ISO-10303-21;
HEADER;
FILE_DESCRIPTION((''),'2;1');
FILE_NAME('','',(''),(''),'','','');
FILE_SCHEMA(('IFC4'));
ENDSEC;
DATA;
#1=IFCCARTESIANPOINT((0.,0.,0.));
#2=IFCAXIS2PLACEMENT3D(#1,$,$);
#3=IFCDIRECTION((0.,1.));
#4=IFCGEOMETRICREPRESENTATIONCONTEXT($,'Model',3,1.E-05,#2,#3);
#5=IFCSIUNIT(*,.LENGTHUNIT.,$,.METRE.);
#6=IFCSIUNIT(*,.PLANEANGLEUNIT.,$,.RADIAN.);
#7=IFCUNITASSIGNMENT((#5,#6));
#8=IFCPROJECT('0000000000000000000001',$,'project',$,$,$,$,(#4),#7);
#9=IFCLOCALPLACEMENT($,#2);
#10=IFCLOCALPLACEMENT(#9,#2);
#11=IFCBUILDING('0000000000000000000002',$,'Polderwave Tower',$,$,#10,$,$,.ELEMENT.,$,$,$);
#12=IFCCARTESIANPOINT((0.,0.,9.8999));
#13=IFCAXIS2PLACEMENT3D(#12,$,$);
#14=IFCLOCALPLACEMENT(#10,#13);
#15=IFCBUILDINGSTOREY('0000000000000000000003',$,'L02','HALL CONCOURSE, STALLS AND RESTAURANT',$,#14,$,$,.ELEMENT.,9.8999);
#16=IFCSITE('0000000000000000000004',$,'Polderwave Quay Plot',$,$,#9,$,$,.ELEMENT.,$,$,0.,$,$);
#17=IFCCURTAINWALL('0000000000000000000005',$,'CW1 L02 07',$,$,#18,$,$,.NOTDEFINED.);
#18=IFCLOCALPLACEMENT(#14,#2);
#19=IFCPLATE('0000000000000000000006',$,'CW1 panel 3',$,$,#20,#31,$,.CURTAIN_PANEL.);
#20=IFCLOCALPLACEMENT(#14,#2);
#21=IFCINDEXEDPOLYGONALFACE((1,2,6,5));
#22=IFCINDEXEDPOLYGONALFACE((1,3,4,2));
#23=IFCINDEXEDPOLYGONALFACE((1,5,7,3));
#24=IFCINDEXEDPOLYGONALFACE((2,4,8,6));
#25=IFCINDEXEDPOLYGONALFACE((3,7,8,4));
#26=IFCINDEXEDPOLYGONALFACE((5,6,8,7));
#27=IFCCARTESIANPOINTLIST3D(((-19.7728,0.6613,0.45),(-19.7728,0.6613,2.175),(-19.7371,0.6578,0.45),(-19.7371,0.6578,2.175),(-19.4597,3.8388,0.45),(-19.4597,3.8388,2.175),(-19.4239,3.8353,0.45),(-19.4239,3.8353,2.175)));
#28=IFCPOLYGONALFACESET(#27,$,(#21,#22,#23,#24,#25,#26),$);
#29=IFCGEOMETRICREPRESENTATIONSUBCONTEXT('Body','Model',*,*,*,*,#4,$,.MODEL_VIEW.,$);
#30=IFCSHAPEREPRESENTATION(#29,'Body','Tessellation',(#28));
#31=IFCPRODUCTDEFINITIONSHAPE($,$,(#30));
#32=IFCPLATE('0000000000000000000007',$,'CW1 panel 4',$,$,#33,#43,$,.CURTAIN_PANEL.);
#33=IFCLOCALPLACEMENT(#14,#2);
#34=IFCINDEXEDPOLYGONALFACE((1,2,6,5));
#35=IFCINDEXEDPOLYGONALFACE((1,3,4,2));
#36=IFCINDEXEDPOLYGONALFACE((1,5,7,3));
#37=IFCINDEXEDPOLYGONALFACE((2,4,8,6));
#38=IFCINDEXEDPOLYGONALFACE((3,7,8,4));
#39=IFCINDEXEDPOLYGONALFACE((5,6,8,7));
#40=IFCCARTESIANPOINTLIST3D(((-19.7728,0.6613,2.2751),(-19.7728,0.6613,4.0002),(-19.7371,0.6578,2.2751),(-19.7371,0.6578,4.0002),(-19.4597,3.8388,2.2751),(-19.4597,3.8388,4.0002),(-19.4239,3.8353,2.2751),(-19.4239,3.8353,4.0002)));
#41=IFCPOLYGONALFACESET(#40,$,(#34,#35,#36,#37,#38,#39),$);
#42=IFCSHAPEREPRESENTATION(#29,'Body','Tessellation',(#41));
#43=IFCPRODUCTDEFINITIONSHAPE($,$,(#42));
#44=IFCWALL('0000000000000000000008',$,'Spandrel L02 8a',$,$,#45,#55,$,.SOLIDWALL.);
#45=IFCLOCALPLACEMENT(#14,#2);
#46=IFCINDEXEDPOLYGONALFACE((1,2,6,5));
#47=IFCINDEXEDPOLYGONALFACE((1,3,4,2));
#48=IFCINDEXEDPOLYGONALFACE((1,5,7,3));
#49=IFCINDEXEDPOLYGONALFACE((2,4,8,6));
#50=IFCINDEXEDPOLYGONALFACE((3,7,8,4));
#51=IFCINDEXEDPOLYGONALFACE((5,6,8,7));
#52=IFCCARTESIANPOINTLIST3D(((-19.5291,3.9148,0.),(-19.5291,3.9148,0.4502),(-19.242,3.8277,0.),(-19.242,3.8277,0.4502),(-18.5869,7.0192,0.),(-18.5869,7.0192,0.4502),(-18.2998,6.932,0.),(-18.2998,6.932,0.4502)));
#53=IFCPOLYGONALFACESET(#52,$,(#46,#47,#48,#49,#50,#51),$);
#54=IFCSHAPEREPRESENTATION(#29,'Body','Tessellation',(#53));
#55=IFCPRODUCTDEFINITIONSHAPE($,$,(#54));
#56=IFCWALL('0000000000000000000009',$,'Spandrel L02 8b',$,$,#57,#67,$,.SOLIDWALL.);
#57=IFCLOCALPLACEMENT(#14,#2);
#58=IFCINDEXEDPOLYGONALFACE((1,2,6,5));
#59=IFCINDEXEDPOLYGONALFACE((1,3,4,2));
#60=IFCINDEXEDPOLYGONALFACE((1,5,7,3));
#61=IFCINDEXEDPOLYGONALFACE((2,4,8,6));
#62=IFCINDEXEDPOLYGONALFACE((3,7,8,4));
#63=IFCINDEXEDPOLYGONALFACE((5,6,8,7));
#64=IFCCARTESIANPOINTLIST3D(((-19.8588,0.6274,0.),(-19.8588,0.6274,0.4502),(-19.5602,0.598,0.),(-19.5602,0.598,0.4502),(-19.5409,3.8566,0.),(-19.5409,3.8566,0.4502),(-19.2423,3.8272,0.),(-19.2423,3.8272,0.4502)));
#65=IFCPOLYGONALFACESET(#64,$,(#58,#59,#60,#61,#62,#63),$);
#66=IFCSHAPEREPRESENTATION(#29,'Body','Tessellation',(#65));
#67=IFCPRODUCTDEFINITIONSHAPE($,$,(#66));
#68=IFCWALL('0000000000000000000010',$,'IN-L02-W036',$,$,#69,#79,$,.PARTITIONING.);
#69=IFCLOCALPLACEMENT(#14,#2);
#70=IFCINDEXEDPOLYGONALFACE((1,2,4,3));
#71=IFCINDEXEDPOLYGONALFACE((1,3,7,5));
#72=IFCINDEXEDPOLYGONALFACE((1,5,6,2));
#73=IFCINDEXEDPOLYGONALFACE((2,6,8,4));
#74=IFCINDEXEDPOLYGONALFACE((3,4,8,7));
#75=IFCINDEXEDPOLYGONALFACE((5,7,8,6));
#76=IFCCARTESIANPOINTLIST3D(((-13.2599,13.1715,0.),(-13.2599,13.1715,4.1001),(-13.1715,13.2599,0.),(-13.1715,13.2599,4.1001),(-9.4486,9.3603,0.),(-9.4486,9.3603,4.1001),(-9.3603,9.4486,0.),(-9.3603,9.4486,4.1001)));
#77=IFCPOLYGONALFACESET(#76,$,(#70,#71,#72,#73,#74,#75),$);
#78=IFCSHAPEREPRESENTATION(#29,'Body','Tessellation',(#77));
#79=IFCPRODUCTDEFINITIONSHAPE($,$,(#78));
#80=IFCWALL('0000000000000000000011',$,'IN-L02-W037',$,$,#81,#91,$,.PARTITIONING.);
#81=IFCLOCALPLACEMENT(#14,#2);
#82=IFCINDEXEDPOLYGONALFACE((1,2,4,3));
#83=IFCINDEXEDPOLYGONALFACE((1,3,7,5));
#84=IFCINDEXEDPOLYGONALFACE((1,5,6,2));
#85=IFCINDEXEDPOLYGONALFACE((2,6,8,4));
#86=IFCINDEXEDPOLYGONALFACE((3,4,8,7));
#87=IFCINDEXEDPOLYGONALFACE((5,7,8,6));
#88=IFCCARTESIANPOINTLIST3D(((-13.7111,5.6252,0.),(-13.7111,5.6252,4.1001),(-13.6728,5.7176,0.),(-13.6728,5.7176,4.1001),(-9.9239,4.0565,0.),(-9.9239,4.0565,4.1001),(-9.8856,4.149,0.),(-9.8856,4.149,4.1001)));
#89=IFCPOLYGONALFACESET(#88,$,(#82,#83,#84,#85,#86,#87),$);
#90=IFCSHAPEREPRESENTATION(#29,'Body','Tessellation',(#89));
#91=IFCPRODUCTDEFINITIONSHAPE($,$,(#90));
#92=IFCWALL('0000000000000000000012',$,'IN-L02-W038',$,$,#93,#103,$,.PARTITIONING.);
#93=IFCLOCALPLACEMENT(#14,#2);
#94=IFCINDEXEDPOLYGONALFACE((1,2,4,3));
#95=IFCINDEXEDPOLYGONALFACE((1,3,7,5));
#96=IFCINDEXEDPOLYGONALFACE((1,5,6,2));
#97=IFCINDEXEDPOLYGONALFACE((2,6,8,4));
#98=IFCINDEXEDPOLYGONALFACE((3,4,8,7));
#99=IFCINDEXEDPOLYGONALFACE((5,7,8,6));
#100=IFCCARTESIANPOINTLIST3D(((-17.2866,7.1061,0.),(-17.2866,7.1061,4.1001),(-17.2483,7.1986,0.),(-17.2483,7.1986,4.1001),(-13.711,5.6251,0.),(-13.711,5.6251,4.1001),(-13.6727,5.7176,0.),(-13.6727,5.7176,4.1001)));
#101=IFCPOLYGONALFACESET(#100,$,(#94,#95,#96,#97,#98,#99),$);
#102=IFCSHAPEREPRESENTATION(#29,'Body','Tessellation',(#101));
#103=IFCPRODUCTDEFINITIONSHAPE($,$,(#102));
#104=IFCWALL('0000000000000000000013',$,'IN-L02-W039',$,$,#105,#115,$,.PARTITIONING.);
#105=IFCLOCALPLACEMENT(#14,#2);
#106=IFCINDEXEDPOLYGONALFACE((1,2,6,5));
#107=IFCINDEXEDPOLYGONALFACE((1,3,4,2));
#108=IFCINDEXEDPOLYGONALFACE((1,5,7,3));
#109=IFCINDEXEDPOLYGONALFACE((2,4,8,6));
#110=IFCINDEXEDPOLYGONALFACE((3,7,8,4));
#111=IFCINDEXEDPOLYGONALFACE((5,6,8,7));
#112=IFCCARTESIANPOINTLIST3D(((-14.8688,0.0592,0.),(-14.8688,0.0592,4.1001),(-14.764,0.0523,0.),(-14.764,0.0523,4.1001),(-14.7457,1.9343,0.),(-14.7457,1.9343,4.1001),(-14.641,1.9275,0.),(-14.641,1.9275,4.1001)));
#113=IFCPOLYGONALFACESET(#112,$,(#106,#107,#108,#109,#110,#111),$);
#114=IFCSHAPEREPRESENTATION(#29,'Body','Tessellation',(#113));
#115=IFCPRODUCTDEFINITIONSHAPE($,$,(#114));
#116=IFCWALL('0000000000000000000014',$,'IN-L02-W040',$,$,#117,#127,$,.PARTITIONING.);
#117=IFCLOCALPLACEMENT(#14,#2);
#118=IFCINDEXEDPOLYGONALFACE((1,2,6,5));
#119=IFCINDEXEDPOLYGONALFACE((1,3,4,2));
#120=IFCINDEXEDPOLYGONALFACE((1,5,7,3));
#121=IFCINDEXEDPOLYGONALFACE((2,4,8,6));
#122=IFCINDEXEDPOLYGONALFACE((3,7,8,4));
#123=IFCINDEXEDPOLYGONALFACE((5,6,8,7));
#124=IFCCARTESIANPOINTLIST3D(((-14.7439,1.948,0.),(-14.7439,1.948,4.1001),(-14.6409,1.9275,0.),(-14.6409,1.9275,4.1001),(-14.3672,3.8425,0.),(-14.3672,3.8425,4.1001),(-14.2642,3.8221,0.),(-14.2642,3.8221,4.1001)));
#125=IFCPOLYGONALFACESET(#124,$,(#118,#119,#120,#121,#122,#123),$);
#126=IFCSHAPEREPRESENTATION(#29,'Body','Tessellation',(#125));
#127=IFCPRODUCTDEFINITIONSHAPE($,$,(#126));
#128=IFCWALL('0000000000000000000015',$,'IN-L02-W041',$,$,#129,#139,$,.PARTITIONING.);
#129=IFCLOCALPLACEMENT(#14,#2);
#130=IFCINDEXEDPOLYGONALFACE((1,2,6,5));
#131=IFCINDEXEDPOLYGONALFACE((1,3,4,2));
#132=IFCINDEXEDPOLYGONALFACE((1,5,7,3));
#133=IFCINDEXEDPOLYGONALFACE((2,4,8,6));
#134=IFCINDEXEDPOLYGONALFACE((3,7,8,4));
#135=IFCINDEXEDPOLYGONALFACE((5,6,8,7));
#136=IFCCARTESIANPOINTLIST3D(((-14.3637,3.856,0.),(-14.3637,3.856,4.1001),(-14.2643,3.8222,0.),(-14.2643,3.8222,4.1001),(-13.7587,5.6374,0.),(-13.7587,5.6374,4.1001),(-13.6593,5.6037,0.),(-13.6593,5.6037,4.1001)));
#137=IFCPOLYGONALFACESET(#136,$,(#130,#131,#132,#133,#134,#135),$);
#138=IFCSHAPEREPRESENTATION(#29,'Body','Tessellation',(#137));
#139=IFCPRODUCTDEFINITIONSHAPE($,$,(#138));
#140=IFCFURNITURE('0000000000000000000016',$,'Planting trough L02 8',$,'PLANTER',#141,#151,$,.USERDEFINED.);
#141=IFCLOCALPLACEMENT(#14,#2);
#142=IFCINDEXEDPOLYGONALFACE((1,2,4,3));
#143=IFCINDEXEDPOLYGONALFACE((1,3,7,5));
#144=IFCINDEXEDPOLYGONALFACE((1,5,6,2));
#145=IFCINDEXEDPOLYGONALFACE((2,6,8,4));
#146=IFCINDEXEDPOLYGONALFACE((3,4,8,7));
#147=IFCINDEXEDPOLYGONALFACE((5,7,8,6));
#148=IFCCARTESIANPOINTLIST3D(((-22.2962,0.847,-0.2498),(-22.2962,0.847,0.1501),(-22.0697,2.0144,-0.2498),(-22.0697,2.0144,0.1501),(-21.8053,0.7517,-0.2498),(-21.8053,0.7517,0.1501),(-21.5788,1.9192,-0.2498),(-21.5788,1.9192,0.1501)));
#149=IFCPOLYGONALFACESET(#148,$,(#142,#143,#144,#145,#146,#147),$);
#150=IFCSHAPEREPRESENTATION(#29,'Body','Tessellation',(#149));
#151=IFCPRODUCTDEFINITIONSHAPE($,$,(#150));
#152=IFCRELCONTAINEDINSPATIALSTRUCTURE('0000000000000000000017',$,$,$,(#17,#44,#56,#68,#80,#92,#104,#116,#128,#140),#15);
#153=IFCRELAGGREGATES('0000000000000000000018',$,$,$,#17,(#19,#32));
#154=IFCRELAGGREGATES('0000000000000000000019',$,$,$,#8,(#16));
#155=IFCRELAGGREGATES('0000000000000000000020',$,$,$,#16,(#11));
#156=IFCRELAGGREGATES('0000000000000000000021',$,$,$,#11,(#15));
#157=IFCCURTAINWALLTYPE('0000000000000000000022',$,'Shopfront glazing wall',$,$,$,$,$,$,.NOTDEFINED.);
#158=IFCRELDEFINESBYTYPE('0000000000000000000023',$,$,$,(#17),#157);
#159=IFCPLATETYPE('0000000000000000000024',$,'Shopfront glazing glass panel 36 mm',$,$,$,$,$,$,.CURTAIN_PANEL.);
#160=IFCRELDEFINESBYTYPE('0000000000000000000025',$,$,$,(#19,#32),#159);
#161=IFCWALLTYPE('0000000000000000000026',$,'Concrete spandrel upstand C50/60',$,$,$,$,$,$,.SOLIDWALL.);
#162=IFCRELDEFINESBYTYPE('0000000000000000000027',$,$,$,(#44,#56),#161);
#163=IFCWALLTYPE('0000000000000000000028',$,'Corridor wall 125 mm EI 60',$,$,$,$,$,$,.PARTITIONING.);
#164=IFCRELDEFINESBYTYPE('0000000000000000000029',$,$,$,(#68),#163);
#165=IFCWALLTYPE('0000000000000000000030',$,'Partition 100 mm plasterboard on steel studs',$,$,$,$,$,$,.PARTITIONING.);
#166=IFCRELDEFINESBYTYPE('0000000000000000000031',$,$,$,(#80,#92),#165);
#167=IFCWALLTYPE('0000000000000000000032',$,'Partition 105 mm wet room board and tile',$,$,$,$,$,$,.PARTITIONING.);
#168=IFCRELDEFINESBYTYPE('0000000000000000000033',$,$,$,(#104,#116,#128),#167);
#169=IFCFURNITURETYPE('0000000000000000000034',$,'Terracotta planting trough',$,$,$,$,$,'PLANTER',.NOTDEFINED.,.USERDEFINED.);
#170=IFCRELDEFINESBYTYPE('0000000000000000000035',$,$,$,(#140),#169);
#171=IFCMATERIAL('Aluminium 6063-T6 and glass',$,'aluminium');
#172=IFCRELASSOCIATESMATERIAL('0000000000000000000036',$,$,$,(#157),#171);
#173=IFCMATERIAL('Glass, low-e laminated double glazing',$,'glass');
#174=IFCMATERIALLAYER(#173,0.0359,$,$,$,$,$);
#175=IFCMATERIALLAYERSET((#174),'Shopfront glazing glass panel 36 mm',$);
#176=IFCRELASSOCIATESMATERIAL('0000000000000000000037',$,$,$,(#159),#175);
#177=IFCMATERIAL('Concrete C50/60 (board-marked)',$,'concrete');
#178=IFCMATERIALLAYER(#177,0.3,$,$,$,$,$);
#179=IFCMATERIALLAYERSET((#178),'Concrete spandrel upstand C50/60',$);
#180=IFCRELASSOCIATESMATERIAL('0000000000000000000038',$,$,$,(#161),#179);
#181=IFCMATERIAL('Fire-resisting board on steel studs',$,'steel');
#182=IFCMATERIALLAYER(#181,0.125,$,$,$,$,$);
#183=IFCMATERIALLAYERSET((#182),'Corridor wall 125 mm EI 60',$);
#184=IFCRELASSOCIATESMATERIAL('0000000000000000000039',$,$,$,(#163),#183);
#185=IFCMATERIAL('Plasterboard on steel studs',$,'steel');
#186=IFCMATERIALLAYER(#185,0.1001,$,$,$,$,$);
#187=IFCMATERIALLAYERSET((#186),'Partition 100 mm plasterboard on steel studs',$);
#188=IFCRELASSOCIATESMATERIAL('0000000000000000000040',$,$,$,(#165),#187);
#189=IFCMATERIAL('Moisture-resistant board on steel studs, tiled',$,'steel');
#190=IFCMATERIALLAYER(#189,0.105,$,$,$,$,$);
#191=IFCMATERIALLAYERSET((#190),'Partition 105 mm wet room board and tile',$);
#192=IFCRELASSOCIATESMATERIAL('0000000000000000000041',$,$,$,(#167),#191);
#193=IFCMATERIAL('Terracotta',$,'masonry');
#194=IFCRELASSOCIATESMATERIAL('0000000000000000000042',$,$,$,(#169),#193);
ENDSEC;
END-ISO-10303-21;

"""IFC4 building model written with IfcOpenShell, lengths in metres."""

from ifc_helpers import new_model, si_unit, direction, frame, frame_2d, origin, origin_2d, place, context, subcontext, project, spatial, rectangle, extrude, material, layer, layer_set, type_object, element, aggregate, save


model = new_model("IFC4")

# Units and contexts
model_context = context("Model", 3, precision=1e-05, world=origin(), true_north=direction((0.0, 1.0)))
body_context = subcontext(model_context, "Body", "Model", "MODEL_VIEW")
ifc_project = project(units=[si_unit("LENGTHUNIT", "METRE"), si_unit("PLANEANGLEUNIT", "RADIAN")], contexts=[model_context])

# Site, building, storey
site_placement = place(None, origin())
site = spatial("IfcSite", under=ifc_project, at=site_placement, Name="Polderwave Quay Plot", CompositionType="ELEMENT", RefElevation=0.0)
building_placement = place(site_placement, origin())
building = spatial("IfcBuilding", under=site, at=building_placement, Name="Polderwave Tower", CompositionType="ELEMENT")
storey_placement = place(building_placement, frame((0.0, 0.0, 9.8999)))
storey = spatial("IfcBuildingStorey", under=building, at=storey_placement, Name="L02", Description="HALL CONCOURSE, STALLS AND RESTAURANT", CompositionType="ELEMENT", Elevation=9.8999)

# Shared definitions
ifc_material_1 = material(Name="Aluminium 6063-T6 and glass", Category="aluminium")
curtain_wall_type = type_object("IfcCurtainWallType", Name="Shopfront glazing wall", PredefinedType="NOTDEFINED", material=ifc_material_1)

# Curtain wall
curtain_wall_1_placement = place(storey_placement, origin())
curtain_wall_1 = element("IfcCurtainWall", 1, at=curtain_wall_1_placement, inside=storey, type_object=curtain_wall_type, Name="CW1 L02 07", PredefinedType="NOTDEFINED")

# Plates
ifc_material_2 = material(Name="Glass, low-e laminated double glazing", Category="glass")
ifc_layer_1 = layer(ifc_material_2, 0.0359)
ifc_layer_set_1 = layer_set([ifc_layer_1], Name="Shopfront glazing glass panel 36 mm")
plate_type = type_object("IfcPlateType", Name="Shopfront glazing glass panel 36 mm", PredefinedType="CURTAIN_PANEL", material=ifc_layer_set_1)
plate_1_placement = place(storey_placement, frame((-19.5984, 2.2483, 0.45), z_axis=(0.0, 0.0, 1.0), x_axis=(-0.098087, -0.995178, 0.0)))
plate_1 = element("IfcPlate", 2, at=plate_1_placement, type_object=plate_type, Name="CW1 panel 3", PredefinedType="CURTAIN_PANEL", context=body_context, shape_type="SweptSolid", body=[
    extrude(rectangle(XDim=3.1929, YDim=0.0359, at=origin_2d()), origin(), (0.0, 0.0, 1.0), 1.7251),
])
plate_2_placement = place(storey_placement, frame((-19.5984, 2.2483, 2.2751), z_axis=(0.0, 0.0, 1.0), x_axis=(-0.098087, -0.995178, 0.0)))
plate_2 = element("IfcPlate", 3, at=plate_2_placement, type_object=plate_type, Name="CW1 panel 4", PredefinedType="CURTAIN_PANEL", context=body_context, shape_type="SweptSolid", body=[
    extrude(rectangle(XDim=3.1929, YDim=0.0359, at=origin_2d()), origin(), (0.0, 0.0, 1.0), 1.7251),
])
aggregate(curtain_wall_1, [plate_1, plate_2])

# Walls
ifc_material_3 = material(Name="Concrete C50/60 (board-marked)", Category="concrete")
ifc_layer_2 = layer(ifc_material_3, 0.3)
ifc_layer_set_2 = layer_set([ifc_layer_2], Name="Concrete spandrel upstand C50/60")
wall_type_1 = type_object("IfcWallType", Name="Concrete spandrel upstand C50/60", PredefinedType="SOLIDWALL", material=ifc_layer_set_2)
wall_1_placement = place(storey_placement, frame((-18.4434, 6.9756, 0.0), z_axis=(0.0, 0.0, 1.0), x_axis=(-0.290419, -0.9569, 0.0)))
element("IfcWall", 4, at=wall_1_placement, inside=storey, type_object=wall_type_1, Name="Spandrel L02 8a", PredefinedType="SOLIDWALL", context=body_context, shape_type="SweptSolid", body=[
    extrude(rectangle(XDim=3.2441, YDim=0.3, at=frame_2d((1.6221, 0.0))), origin(), (0.0, 0.0, 1.0), 0.4502),
])
wall_2_placement = place(storey_placement, frame((-19.3916, 3.842, 0.0), z_axis=(0.0, 0.0, 1.0), x_axis=(-0.097962, -0.99519, 0.0)))
element("IfcWall", 5, at=wall_2_placement, inside=storey, type_object=wall_type_1, Name="Spandrel L02 8b", PredefinedType="SOLIDWALL", context=body_context, shape_type="SweptSolid", body=[
    extrude(rectangle(XDim=3.2449, YDim=0.3, at=frame_2d((1.6226, 0.0))), origin(), (0.0, 0.0, 1.0), 0.4502),
])
ifc_material_4 = material(Name="Fire-resisting board on steel studs", Category="steel")
ifc_layer_3 = layer(ifc_material_4, 0.125)
ifc_layer_set_3 = layer_set([ifc_layer_3], Name="Corridor wall 125 mm EI 60")
wall_type_2 = type_object("IfcWallType", Name="Corridor wall 125 mm EI 60", PredefinedType="PARTITIONING", material=ifc_layer_set_3)
wall_3_placement = place(storey_placement, frame((-9.4045, 9.4045, 0.0), z_axis=(0.0, 0.0, 1.0), x_axis=(-0.707107, 0.707107, 0.0)))
element("IfcWall", 6, at=wall_3_placement, inside=storey, type_object=wall_type_2, Name="IN-L02-W036", PredefinedType="PARTITIONING", context=body_context, shape_type="SweptSolid", body=[
    extrude(rectangle(XDim=5.3899, YDim=0.125, at=frame_2d((2.6948, 0.0))), origin(), (0.0, 0.0, 1.0), 4.1001),
])
ifc_material_5 = material(Name="Plasterboard on steel studs", Category="steel")
ifc_layer_4 = layer(ifc_material_5, 0.1001)
ifc_layer_set_4 = layer_set([ifc_layer_4], Name="Partition 100 mm plasterboard on steel studs")
wall_type_3 = type_object("IfcWallType", Name="Partition 100 mm plasterboard on steel studs", PredefinedType="PARTITIONING", material=ifc_layer_set_4)
wall_4_placement = place(storey_placement, frame((-9.9048, 4.1028, 0.0), z_axis=(0.0, 0.0, 1.0), x_axis=(-0.923885, 0.382669, 0.0)))
element("IfcWall", 7, at=wall_4_placement, inside=storey, type_object=wall_type_3, Name="IN-L02-W037", PredefinedType="PARTITIONING", context=body_context, shape_type="SweptSolid", body=[
    extrude(rectangle(XDim=4.0991, YDim=0.1001, at=frame_2d((2.0496, 0.0))), origin(), (0.0, 0.0, 1.0), 4.1001),
])
wall_5_placement = place(storey_placement, frame((-13.6919, 5.6714, 0.0), z_axis=(0.0, 0.0, 1.0), x_axis=(-0.923883, 0.382675, 0.0)))
element("IfcWall", 8, at=wall_5_placement, inside=storey, type_object=wall_type_3, Name="IN-L02-W038", PredefinedType="PARTITIONING", context=body_context, shape_type="SweptSolid", body=[
    extrude(rectangle(XDim=3.8701, YDim=0.1001, at=frame_2d((1.9351, 0.0))), origin(), (0.0, 0.0, 1.0), 4.1001),
])
ifc_material_6 = material(Name="Moisture-resistant board on steel studs, tiled", Category="steel")
ifc_layer_5 = layer(ifc_material_6, 0.105)
ifc_layer_set_5 = layer_set([ifc_layer_5], Name="Partition 105 mm wet room board and tile")
wall_type_4 = type_object("IfcWallType", Name="Partition 105 mm wet room board and tile", PredefinedType="PARTITIONING", material=ifc_layer_set_5)
wall_6_placement = place(storey_placement, frame((-14.8164, 0.0559, 0.0), z_axis=(0.0, 0.0, 1.0), x_axis=(0.065484, 0.997854, 0.0)))
element("IfcWall", 9, at=wall_6_placement, inside=storey, type_object=wall_type_4, Name="IN-L02-W039", PredefinedType="PARTITIONING", context=body_context, shape_type="SweptSolid", body=[
    extrude(rectangle(XDim=1.8792, YDim=0.105, at=frame_2d((0.9395, 0.0))), origin(), (0.0, 0.0, 1.0), 4.1001),
])
wall_7_placement = place(storey_placement, frame((-14.6924, 1.9377, 0.0), z_axis=(0.0, 0.0, 1.0), x_axis=(0.195022, 0.980799, 0.0)))
element("IfcWall", 10, at=wall_7_placement, inside=storey, type_object=wall_type_4, Name="IN-L02-W040", PredefinedType="PARTITIONING", context=body_context, shape_type="SweptSolid", body=[
    extrude(rectangle(XDim=1.9316, YDim=0.105, at=frame_2d((0.9658, 0.0))), origin(), (0.0, 0.0, 1.0), 4.1001),
])
wall_8_placement = place(storey_placement, frame((-14.314, 3.8391, 0.0), z_axis=(0.0, 0.0, 1.0), x_axis=(0.321556, 0.946891, 0.0)))
element("IfcWall", 11, at=wall_8_placement, inside=storey, type_object=wall_type_4, Name="IN-L02-W041", PredefinedType="PARTITIONING", context=body_context, shape_type="SweptSolid", body=[
    extrude(rectangle(XDim=1.8813, YDim=0.105, at=frame_2d((0.9407, 0.0))), origin(), (0.0, 0.0, 1.0), 4.1001),
])

# Furniture
ifc_material_7 = material(Name="Terracotta", Category="masonry")
furniture_type = type_object("IfcFurnitureType", Name="Terracotta planting trough", ElementType="PLANTER", AssemblyPlace="NOTDEFINED", PredefinedType="USERDEFINED", material=ifc_material_7)
furniture_placement = place(storey_placement, frame((-21.9375, 1.3831, -0.2498), z_axis=(0.0, 0.0, 1.0), x_axis=(-0.190465, -0.981694, 0.0)))
element("IfcFurniture", 12, at=furniture_placement, inside=storey, type_object=furniture_type, Name="Planting trough L02 8", ObjectType="PLANTER", PredefinedType="USERDEFINED", context=body_context, shape_type="SweptSolid", body=[
    extrude(rectangle(XDim=1.1892, YDim=0.5, at=origin_2d()), origin(), (0.0, 0.0, 1.0), 0.3999),
])

save(model, "model.ifc")
